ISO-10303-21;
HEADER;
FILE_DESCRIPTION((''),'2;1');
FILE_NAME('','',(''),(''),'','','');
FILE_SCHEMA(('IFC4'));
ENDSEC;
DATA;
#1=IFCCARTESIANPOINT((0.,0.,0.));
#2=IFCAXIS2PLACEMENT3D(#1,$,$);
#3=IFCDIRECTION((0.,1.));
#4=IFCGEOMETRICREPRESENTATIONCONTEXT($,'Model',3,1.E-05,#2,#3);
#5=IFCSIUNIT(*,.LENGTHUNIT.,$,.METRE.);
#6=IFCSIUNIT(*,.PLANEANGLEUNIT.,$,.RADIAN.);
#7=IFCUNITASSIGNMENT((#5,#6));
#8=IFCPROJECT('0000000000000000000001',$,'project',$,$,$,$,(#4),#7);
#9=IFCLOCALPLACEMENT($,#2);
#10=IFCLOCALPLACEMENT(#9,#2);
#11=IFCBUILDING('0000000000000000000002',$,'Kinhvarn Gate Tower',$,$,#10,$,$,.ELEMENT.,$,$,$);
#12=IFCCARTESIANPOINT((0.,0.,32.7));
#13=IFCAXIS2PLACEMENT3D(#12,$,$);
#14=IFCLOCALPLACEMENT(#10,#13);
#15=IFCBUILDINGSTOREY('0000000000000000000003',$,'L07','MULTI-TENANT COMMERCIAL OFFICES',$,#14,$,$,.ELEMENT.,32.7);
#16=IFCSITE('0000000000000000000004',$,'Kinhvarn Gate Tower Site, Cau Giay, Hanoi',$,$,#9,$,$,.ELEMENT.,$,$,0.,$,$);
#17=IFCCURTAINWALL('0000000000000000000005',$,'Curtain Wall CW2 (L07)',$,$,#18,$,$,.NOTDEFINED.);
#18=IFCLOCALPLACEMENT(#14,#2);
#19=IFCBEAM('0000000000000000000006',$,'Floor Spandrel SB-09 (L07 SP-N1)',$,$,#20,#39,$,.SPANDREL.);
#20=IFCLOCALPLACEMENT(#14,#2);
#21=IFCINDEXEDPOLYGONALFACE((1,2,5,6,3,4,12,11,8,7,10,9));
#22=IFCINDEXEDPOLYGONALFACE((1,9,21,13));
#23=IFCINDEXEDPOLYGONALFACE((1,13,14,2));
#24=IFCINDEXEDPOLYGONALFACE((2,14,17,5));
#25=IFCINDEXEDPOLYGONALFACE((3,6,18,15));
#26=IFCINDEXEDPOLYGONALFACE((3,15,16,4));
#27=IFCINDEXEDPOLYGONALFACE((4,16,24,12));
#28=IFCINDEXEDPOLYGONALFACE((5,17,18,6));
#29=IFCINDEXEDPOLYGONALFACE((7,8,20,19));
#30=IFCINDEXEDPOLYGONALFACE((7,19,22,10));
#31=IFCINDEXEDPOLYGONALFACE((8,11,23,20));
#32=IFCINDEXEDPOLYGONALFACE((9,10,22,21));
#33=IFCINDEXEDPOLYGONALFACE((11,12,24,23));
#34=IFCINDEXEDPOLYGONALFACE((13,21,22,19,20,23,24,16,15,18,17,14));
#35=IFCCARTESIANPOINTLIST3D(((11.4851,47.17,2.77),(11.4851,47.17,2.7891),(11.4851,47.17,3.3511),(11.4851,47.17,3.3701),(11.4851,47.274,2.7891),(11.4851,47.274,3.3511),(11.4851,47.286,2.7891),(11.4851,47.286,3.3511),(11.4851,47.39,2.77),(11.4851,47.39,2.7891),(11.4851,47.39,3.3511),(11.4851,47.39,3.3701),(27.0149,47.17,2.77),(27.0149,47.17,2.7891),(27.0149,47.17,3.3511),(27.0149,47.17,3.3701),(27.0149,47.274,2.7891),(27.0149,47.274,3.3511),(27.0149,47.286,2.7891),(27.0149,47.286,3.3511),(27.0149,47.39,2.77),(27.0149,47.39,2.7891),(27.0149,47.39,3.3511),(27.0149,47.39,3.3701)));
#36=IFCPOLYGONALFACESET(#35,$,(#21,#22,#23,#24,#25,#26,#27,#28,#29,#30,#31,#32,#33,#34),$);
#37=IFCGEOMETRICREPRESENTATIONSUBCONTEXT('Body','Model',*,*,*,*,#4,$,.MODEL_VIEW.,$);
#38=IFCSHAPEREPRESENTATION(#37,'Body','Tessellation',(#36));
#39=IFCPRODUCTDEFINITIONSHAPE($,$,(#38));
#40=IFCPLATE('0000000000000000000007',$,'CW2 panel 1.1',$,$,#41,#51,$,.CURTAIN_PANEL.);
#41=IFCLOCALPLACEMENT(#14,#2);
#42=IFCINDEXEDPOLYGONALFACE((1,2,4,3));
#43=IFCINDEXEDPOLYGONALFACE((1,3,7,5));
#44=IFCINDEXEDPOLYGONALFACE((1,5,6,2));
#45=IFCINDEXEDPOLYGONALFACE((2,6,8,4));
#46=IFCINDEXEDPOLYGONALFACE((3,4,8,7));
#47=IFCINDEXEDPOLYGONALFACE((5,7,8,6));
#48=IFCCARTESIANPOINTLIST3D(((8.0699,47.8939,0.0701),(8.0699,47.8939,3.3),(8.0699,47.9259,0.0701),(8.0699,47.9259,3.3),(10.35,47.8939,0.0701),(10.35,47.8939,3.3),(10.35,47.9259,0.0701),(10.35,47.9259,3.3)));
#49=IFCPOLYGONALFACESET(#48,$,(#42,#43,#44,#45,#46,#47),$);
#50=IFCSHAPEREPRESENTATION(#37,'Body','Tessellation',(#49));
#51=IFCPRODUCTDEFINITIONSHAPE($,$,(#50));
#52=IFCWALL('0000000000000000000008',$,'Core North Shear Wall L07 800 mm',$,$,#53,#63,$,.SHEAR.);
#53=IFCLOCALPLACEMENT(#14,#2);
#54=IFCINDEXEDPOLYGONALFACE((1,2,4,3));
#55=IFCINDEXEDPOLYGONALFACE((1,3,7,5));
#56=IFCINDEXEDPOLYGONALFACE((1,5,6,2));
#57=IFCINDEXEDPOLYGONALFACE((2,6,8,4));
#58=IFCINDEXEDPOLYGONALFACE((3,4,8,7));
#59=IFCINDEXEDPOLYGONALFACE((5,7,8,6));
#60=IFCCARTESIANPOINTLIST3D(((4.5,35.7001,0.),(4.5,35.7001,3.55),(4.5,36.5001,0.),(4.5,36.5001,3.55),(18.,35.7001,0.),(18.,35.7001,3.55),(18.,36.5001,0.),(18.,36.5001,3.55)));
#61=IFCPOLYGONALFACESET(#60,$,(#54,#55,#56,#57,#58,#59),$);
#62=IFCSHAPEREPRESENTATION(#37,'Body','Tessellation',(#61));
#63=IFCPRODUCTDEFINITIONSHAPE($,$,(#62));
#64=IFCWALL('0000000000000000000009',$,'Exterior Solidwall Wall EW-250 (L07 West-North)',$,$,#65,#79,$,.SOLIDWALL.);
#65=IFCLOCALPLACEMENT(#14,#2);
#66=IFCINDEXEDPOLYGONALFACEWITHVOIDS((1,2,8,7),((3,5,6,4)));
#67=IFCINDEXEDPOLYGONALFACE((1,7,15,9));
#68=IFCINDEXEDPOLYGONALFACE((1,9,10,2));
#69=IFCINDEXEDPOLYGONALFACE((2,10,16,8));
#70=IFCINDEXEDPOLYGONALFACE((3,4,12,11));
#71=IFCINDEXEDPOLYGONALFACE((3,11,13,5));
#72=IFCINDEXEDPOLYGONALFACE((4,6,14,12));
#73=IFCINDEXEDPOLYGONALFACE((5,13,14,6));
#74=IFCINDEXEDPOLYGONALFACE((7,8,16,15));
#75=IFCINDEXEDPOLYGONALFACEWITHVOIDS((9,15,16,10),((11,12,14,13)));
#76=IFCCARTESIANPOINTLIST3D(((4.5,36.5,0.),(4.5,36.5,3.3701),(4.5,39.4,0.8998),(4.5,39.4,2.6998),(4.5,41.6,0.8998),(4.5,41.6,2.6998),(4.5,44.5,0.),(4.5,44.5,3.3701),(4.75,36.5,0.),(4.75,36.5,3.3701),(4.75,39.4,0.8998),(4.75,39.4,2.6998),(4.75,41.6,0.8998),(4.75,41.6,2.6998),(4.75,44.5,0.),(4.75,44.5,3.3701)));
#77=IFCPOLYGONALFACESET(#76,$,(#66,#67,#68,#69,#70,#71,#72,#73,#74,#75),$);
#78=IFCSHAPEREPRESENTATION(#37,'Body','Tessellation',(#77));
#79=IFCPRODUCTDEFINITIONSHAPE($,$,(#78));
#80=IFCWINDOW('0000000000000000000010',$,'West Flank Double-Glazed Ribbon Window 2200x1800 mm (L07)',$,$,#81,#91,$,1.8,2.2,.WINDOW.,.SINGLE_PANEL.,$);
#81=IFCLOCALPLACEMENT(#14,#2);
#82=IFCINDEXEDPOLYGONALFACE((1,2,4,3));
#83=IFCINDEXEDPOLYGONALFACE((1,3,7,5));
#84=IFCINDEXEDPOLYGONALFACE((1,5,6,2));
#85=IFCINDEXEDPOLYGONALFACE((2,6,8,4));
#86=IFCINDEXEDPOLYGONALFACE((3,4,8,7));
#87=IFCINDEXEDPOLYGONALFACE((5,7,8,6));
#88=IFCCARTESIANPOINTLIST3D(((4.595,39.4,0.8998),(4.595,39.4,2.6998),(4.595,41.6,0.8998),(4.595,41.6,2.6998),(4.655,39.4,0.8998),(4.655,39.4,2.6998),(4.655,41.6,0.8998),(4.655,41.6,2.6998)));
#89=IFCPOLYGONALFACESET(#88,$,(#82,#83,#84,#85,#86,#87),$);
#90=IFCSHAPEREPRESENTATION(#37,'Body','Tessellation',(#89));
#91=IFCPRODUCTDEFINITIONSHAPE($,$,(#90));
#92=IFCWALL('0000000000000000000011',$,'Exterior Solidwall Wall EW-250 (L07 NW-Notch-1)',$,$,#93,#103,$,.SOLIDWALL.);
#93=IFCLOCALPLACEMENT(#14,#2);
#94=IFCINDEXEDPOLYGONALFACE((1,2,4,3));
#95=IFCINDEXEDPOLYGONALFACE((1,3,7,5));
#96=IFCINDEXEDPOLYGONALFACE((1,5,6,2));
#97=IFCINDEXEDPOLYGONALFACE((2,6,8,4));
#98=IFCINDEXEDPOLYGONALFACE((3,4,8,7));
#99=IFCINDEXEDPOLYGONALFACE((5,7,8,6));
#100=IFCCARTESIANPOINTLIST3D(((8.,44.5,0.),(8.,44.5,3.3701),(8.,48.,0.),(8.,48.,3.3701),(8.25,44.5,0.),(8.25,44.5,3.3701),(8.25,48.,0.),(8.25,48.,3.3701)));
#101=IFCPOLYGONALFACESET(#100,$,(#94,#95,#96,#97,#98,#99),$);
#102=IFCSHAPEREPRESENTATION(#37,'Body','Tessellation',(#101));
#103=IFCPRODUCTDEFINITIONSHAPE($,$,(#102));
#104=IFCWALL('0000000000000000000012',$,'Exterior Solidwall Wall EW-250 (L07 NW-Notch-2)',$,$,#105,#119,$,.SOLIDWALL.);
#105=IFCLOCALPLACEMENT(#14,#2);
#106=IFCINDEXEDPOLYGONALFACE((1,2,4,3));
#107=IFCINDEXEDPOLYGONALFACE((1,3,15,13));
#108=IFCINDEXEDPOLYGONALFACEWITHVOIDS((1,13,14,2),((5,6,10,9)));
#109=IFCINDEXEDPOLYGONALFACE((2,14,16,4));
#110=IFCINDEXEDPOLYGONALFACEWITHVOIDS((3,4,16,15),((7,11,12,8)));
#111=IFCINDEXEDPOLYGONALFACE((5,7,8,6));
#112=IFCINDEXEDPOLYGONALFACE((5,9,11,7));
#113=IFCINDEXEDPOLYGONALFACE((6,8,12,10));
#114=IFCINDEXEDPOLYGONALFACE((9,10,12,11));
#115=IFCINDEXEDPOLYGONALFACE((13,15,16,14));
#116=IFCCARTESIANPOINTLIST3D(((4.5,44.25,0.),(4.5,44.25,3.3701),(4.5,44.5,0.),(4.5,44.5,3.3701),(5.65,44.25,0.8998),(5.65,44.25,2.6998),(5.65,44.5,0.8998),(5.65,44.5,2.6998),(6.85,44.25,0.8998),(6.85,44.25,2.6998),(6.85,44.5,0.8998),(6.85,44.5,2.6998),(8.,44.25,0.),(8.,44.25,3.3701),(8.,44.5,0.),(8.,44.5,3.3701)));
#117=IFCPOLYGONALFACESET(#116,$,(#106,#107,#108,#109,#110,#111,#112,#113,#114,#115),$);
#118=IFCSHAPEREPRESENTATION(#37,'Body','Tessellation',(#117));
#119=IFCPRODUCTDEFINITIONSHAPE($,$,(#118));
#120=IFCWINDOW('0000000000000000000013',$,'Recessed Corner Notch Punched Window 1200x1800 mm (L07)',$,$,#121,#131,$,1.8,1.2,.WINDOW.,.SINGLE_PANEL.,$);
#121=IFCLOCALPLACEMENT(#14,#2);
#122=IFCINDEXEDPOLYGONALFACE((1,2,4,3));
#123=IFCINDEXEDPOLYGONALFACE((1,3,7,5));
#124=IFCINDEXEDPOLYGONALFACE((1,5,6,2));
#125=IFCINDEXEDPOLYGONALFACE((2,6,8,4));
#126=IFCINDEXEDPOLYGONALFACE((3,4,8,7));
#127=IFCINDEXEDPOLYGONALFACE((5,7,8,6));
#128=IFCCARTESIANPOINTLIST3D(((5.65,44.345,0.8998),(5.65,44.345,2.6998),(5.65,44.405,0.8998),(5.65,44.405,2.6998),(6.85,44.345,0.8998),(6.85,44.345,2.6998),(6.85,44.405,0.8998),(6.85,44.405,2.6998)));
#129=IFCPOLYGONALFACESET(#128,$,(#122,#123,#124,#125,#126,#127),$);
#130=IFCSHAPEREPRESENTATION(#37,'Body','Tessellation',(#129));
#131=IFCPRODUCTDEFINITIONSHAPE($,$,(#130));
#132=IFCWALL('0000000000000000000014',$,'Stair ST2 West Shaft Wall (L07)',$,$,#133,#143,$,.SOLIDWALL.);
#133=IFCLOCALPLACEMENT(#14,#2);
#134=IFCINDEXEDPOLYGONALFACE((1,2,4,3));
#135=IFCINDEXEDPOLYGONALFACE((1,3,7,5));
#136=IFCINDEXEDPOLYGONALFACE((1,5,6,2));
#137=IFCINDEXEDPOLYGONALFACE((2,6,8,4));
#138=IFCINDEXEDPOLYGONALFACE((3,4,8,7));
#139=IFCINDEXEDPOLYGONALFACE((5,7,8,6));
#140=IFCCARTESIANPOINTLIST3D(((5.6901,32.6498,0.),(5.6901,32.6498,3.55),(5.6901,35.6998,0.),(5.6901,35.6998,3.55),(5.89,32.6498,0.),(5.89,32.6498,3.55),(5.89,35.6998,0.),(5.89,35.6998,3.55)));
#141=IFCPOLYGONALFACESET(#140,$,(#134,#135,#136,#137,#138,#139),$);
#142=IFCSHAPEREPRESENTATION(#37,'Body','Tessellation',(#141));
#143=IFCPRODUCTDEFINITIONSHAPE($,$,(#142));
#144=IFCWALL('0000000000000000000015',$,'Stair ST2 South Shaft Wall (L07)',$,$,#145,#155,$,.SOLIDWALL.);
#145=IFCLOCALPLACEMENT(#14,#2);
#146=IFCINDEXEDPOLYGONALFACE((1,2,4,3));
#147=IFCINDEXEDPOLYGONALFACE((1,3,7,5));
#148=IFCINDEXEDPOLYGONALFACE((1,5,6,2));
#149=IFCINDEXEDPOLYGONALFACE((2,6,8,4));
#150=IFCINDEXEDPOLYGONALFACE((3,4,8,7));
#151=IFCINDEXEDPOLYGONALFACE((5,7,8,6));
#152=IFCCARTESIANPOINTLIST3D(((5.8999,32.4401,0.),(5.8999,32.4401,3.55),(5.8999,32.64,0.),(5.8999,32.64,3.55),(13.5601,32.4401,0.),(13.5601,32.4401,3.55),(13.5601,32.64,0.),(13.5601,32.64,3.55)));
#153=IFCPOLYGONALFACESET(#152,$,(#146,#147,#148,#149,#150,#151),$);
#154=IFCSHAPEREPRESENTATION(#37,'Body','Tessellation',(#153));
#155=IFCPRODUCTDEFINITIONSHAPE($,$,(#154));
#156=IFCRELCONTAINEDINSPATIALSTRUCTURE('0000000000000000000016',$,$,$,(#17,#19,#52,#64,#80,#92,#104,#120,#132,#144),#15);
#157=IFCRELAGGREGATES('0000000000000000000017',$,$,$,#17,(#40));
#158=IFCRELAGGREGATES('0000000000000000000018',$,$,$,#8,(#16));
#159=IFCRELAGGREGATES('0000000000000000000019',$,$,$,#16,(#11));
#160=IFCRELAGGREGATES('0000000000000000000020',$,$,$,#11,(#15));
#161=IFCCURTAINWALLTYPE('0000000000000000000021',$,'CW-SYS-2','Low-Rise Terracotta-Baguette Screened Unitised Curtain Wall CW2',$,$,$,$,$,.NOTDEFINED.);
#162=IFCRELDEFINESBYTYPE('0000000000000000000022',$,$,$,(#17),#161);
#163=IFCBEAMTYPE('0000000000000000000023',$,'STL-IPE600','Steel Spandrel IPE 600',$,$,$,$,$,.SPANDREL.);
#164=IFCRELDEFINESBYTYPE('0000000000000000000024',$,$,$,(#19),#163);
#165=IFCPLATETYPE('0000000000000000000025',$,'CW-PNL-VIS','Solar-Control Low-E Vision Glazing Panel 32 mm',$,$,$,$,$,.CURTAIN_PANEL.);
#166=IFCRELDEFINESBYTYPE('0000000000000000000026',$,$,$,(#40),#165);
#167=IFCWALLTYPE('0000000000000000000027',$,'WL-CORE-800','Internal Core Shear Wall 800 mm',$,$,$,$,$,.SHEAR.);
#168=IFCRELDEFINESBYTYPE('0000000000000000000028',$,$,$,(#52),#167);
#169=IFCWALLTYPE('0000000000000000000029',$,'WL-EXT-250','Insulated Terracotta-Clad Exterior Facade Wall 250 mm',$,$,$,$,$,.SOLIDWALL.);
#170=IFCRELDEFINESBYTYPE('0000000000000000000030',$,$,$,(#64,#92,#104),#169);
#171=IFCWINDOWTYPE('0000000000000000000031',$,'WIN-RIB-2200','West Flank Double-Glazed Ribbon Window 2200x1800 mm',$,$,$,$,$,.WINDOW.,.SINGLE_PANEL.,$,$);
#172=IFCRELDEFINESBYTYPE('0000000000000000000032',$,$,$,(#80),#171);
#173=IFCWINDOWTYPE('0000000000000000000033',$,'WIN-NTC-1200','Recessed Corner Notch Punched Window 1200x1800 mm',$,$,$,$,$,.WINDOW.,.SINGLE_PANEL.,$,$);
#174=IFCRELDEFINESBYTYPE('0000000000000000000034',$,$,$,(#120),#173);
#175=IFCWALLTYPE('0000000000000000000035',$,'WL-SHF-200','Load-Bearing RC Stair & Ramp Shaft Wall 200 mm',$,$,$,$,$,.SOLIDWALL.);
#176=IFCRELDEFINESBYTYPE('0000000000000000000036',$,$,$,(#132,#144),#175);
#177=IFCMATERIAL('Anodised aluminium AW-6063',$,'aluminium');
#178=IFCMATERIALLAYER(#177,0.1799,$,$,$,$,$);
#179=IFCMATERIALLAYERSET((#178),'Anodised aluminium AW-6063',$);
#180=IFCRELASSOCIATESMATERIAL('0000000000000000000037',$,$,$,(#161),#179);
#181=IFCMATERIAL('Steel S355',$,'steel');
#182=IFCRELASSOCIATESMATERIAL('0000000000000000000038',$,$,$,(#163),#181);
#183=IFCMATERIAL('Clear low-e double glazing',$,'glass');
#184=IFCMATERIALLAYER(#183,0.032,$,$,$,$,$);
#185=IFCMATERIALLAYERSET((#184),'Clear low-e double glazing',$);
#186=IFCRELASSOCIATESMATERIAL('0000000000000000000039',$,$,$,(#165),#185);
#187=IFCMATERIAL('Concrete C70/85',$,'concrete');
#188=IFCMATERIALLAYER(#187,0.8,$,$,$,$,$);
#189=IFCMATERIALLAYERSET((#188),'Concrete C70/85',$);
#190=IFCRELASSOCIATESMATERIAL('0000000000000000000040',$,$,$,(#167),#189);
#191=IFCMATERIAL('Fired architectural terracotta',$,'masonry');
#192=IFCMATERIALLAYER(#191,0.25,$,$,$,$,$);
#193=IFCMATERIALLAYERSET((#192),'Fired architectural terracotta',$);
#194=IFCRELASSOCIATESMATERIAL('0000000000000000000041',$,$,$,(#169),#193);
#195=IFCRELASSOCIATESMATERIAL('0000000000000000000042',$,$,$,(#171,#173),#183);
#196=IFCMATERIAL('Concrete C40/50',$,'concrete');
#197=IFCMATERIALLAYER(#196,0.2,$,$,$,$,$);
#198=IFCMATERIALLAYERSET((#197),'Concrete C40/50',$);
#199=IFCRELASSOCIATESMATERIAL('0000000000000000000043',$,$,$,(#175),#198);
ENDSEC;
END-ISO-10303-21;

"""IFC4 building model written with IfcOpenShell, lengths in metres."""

from ifc_helpers import new_model, si_unit, direction, frame, frame_2d, origin, origin_2d, place, context, subcontext, project, spatial, rectangle, i_section, extrude, material, layer, layer_set, material_profile, profile_set, type_object, element, fill, aggregate, save


model = new_model("IFC4")

# Units and contexts
model_context = context("Model", 3, precision=1e-05, world=origin(), true_north=direction((0.0, 1.0)))
body_context = subcontext(model_context, "Body", "Model", "MODEL_VIEW")
ifc_project = project(units=[si_unit("LENGTHUNIT", "METRE"), si_unit("PLANEANGLEUNIT", "RADIAN")], contexts=[model_context])

# Site, building, storey
site_placement = place(None, origin())
site = spatial("IfcSite", under=ifc_project, at=site_placement, Name="Kinhvarn Gate Tower Site, Cau Giay, Hanoi", CompositionType="ELEMENT", RefElevation=0.0)
building_placement = place(site_placement, origin())
building = spatial("IfcBuilding", under=site, at=building_placement, Name="Kinhvarn Gate Tower", CompositionType="ELEMENT")
storey_placement = place(building_placement, frame((0.0, 0.0, 32.7)))
storey = spatial("IfcBuildingStorey", under=building, at=storey_placement, Name="L07", Description="MULTI-TENANT COMMERCIAL OFFICES", CompositionType="ELEMENT", Elevation=32.7)

# Shared definitions
ifc_material_1 = material(Name="Concrete C70/85", Category="concrete")

# Curtain wall
ifc_material_2 = material(Name="Anodised aluminium AW-6063", Category="aluminium")
ifc_layer_1 = layer(ifc_material_2, 0.1799)
ifc_layer_set_1 = layer_set([ifc_layer_1], Name="Anodised aluminium AW-6063")
curtain_wall_type = type_object("IfcCurtainWallType", Name="CW-SYS-2", Description="Low-Rise Terracotta-Baguette Screened Unitised Curtain Wall CW2", PredefinedType="NOTDEFINED", material=ifc_layer_set_1)
curtain_wall_placement = place(storey_placement, origin())
curtain_wall = element("IfcCurtainWall", 1, at=curtain_wall_placement, inside=storey, type_object=curtain_wall_type, Name="Curtain Wall CW2 (L07)", PredefinedType="NOTDEFINED")

# Beam
ifc_material_3 = material(Name="Steel S355", Category="steel")
ifc_material_profile_1 = material_profile(ifc_material_3, i_section(OverallWidth=0.22, OverallDepth=0.6001, WebThickness=0.012, FlangeThickness=0.019, at=origin_2d()), Name="IPE 600")
ifc_profile_set_1 = profile_set([ifc_material_profile_1], Name="Steel S355")
beam_type_1 = type_object("IfcBeamType", Name="STL-IPE600", Description="Steel Spandrel IPE 600", PredefinedType="SPANDREL", material=ifc_profile_set_1)
beam_1_placement = place(storey_placement, frame((11.4851, 47.28, 3.0701), z_axis=(1.0, 0.0, 0.0), x_axis=(0.0, 1.0, 0.0)))
element("IfcBeam", 2, at=beam_1_placement, inside=storey, type_object=beam_type_1, Name="Floor Spandrel SB-09 (L07 SP-N1)", PredefinedType="SPANDREL", context=body_context, shape_type="SweptSolid", body=[
    extrude(i_section(OverallWidth=0.22, OverallDepth=0.6001, WebThickness=0.012, FlangeThickness=0.019, at=origin_2d()), origin(), (0.0, 0.0, 1.0), 15.5298),
])

# Plate
ifc_material_4 = material(Name="Clear low-e double glazing", Category="glass")
ifc_layer_2 = layer(ifc_material_4, 0.032)
ifc_layer_set_2 = layer_set([ifc_layer_2], Name="Clear low-e double glazing")
plate_type = type_object("IfcPlateType", Name="CW-PNL-VIS", Description="Solar-Control Low-E Vision Glazing Panel 32 mm", PredefinedType="CURTAIN_PANEL", material=ifc_layer_set_2)
plate_placement = place(storey_placement, frame((9.21, 47.9099, 0.0701), z_axis=(0.0, 0.0, 1.0), x_axis=(-1.0, 0.0, 0.0)))
plate = element("IfcPlate", 3, at=plate_placement, type_object=plate_type, Name="CW2 panel 1.1", PredefinedType="CURTAIN_PANEL", context=body_context, shape_type="SweptSolid", body=[
    extrude(rectangle(XDim=2.28, YDim=0.032, at=origin_2d()), origin(), (0.0, 0.0, 1.0), 3.23),
])
aggregate(curtain_wall, [plate])

# Wall
ifc_layer_3 = layer(ifc_material_1, 0.8)
ifc_layer_set_3 = layer_set([ifc_layer_3], Name="Concrete C70/85")
wall_type_1 = type_object("IfcWallType", Name="WL-CORE-800", Description="Internal Core Shear Wall 800 mm", PredefinedType="SHEAR", material=ifc_layer_set_3)
wall_1_placement = place(storey_placement, frame((4.5, 36.1001, 0.0), z_axis=(0.0, 0.0, 1.0), x_axis=(1.0, 0.0, 0.0)))
element("IfcWall", 4, at=wall_1_placement, inside=storey, type_object=wall_type_1, Name="Core North Shear Wall L07 800 mm", PredefinedType="SHEAR", context=body_context, shape_type="SweptSolid", body=[
    extrude(rectangle(XDim=13.5, YDim=0.8, at=frame_2d((6.75, 0.0))), origin(), (0.0, 0.0, 1.0), 3.55),
])

# Wall, opening, window
ifc_material_5 = material(Name="Fired architectural terracotta", Category="masonry")
ifc_layer_4 = layer(ifc_material_5, 0.25)
ifc_layer_set_4 = layer_set([ifc_layer_4], Name="Fired architectural terracotta")
wall_type_2 = type_object("IfcWallType", Name="WL-EXT-250", Description="Insulated Terracotta-Clad Exterior Facade Wall 250 mm", PredefinedType="SOLIDWALL", material=ifc_layer_set_4)
wall_2_placement = place(storey_placement, frame((4.625, 44.5, 0.0), z_axis=(0.0, 0.0, 1.0), x_axis=(0.0, -1.0, 0.0)))
wall_2 = element("IfcWall", 5, at=wall_2_placement, inside=storey, type_object=wall_type_2, Name="Exterior Solidwall Wall EW-250 (L07 West-North)", PredefinedType="SOLIDWALL", context=body_context, shape_type="SweptSolid", body=[
    extrude(rectangle(XDim=8.0, YDim=0.25, at=frame_2d((4.0, 0.0))), origin(), (0.0, 0.0, 1.0), 3.3701),
])
opening_1_placement = place(wall_2_placement, frame((2.8999, 0.0, 0.8999)))
opening_1 = element("IfcOpeningElement", 6, at=opening_1_placement, cuts=wall_2, PredefinedType="OPENING", context=body_context, shape_type="SweptSolid", body=[
    extrude(rectangle(XDim=2.2, YDim=1.8, at=frame_2d((1.1001, 0.8999))), frame((0.0, 0.135, 0.0), z_axis=(0.0, -1.0, 0.0), x_axis=(1.0, 0.0, 0.0)), (0.0, 0.0, 1.0), 0.27),
])
window_type_1 = type_object("IfcWindowType", Name="WIN-RIB-2200", Description="West Flank Double-Glazed Ribbon Window 2200x1800 mm", PartitioningType="SINGLE_PANEL", PredefinedType="WINDOW", material=ifc_material_4)
window_1_placement = place(opening_1_placement, origin())
window_1 = element("IfcWindow", 7, at=window_1_placement, inside=storey, type_object=window_type_1, Name="West Flank Double-Glazed Ribbon Window 2200x1800 mm (L07)", OverallHeight=1.8, OverallWidth=2.2, PartitioningType="SINGLE_PANEL", PredefinedType="WINDOW", context=body_context, shape_type="SweptSolid", body=[
    extrude(rectangle(XDim=2.2, YDim=1.8, at=frame_2d((1.1001, 0.8999))), frame((0.0, 0.03, 0.0), z_axis=(0.0, -1.0, 0.0), x_axis=(1.0, 0.0, 0.0)), (0.0, 0.0, 1.0), 0.0601),
])
fill(opening_1, window_1)

# Wall
wall_3_placement = place(storey_placement, frame((8.125, 48.0, 0.0), z_axis=(0.0, 0.0, 1.0), x_axis=(0.0, -1.0, 0.0)))
element("IfcWall", 8, at=wall_3_placement, inside=storey, type_object=wall_type_2, Name="Exterior Solidwall Wall EW-250 (L07 NW-Notch-1)", PredefinedType="SOLIDWALL", context=body_context, shape_type="SweptSolid", body=[
    extrude(rectangle(XDim=3.5, YDim=0.25, at=frame_2d((1.75, 0.0))), origin(), (0.0, 0.0, 1.0), 3.3701),
])

# Wall, opening, window
wall_4_placement = place(storey_placement, frame((8.0, 44.375, 0.0), z_axis=(0.0, 0.0, 1.0), x_axis=(-1.0, 0.0, 0.0)))
wall_4 = element("IfcWall", 9, at=wall_4_placement, inside=storey, type_object=wall_type_2, Name="Exterior Solidwall Wall EW-250 (L07 NW-Notch-2)", PredefinedType="SOLIDWALL", context=body_context, shape_type="SweptSolid", body=[
    extrude(rectangle(XDim=3.5, YDim=0.25, at=frame_2d((1.75, 0.0))), origin(), (0.0, 0.0, 1.0), 3.3701),
])
opening_2_placement = place(wall_4_placement, frame((1.1499, 0.0, 0.8999)))
opening_2 = element("IfcOpeningElement", 10, at=opening_2_placement, cuts=wall_4, PredefinedType="OPENING", context=body_context, shape_type="SweptSolid", body=[
    extrude(rectangle(XDim=1.2, YDim=1.8, at=frame_2d((0.6001, 0.8999))), frame((0.0, 0.135, 0.0), z_axis=(0.0, -1.0, 0.0), x_axis=(1.0, 0.0, 0.0)), (0.0, 0.0, 1.0), 0.27),
])
window_type_2 = type_object("IfcWindowType", Name="WIN-NTC-1200", Description="Recessed Corner Notch Punched Window 1200x1800 mm", PartitioningType="SINGLE_PANEL", PredefinedType="WINDOW", material=ifc_material_4)
window_2_placement = place(opening_2_placement, origin())
window_2 = element("IfcWindow", 11, at=window_2_placement, inside=storey, type_object=window_type_2, Name="Recessed Corner Notch Punched Window 1200x1800 mm (L07)", OverallHeight=1.8, OverallWidth=1.2, PartitioningType="SINGLE_PANEL", PredefinedType="WINDOW", context=body_context, shape_type="SweptSolid", body=[
    extrude(rectangle(XDim=1.2, YDim=1.8, at=frame_2d((0.6001, 0.8999))), frame((0.0, 0.03, 0.0), z_axis=(0.0, -1.0, 0.0), x_axis=(1.0, 0.0, 0.0)), (0.0, 0.0, 1.0), 0.0601),
])
fill(opening_2, window_2)

# Walls
ifc_material_6 = material(Name="Concrete C40/50", Category="concrete")
ifc_layer_5 = layer(ifc_material_6, 0.2)
ifc_layer_set_5 = layer_set([ifc_layer_5], Name="Concrete C40/50")
wall_type_3 = type_object("IfcWallType", Name="WL-SHF-200", Description="Load-Bearing RC Stair & Ramp Shaft Wall 200 mm", PredefinedType="SOLIDWALL", material=ifc_layer_set_5)
wall_5_placement = place(storey_placement, frame((5.79, 32.6499, 0.0), z_axis=(0.0, 0.0, 1.0), x_axis=(0.0, 1.0, 0.0)))
element("IfcWall", 12, at=wall_5_placement, inside=storey, type_object=wall_type_3, Name="Stair ST2 West Shaft Wall (L07)", PredefinedType="SOLIDWALL", context=body_context, shape_type="SweptSolid", body=[
    extrude(rectangle(XDim=3.05, YDim=0.2, at=frame_2d((1.5249, 0.0))), origin(), (0.0, 0.0, 1.0), 3.55),
])
wall_6_placement = place(storey_placement, frame((5.8999, 32.54, 0.0), z_axis=(0.0, 0.0, 1.0), x_axis=(1.0, 0.0, 0.0)))
element("IfcWall", 13, at=wall_6_placement, inside=storey, type_object=wall_type_3, Name="Stair ST2 South Shaft Wall (L07)", PredefinedType="SOLIDWALL", context=body_context, shape_type="SweptSolid", body=[
    extrude(rectangle(XDim=7.6602, YDim=0.2, at=frame_2d((3.8301, 0.0))), origin(), (0.0, 0.0, 1.0), 3.55),
])

save(model, "model.ifc")
